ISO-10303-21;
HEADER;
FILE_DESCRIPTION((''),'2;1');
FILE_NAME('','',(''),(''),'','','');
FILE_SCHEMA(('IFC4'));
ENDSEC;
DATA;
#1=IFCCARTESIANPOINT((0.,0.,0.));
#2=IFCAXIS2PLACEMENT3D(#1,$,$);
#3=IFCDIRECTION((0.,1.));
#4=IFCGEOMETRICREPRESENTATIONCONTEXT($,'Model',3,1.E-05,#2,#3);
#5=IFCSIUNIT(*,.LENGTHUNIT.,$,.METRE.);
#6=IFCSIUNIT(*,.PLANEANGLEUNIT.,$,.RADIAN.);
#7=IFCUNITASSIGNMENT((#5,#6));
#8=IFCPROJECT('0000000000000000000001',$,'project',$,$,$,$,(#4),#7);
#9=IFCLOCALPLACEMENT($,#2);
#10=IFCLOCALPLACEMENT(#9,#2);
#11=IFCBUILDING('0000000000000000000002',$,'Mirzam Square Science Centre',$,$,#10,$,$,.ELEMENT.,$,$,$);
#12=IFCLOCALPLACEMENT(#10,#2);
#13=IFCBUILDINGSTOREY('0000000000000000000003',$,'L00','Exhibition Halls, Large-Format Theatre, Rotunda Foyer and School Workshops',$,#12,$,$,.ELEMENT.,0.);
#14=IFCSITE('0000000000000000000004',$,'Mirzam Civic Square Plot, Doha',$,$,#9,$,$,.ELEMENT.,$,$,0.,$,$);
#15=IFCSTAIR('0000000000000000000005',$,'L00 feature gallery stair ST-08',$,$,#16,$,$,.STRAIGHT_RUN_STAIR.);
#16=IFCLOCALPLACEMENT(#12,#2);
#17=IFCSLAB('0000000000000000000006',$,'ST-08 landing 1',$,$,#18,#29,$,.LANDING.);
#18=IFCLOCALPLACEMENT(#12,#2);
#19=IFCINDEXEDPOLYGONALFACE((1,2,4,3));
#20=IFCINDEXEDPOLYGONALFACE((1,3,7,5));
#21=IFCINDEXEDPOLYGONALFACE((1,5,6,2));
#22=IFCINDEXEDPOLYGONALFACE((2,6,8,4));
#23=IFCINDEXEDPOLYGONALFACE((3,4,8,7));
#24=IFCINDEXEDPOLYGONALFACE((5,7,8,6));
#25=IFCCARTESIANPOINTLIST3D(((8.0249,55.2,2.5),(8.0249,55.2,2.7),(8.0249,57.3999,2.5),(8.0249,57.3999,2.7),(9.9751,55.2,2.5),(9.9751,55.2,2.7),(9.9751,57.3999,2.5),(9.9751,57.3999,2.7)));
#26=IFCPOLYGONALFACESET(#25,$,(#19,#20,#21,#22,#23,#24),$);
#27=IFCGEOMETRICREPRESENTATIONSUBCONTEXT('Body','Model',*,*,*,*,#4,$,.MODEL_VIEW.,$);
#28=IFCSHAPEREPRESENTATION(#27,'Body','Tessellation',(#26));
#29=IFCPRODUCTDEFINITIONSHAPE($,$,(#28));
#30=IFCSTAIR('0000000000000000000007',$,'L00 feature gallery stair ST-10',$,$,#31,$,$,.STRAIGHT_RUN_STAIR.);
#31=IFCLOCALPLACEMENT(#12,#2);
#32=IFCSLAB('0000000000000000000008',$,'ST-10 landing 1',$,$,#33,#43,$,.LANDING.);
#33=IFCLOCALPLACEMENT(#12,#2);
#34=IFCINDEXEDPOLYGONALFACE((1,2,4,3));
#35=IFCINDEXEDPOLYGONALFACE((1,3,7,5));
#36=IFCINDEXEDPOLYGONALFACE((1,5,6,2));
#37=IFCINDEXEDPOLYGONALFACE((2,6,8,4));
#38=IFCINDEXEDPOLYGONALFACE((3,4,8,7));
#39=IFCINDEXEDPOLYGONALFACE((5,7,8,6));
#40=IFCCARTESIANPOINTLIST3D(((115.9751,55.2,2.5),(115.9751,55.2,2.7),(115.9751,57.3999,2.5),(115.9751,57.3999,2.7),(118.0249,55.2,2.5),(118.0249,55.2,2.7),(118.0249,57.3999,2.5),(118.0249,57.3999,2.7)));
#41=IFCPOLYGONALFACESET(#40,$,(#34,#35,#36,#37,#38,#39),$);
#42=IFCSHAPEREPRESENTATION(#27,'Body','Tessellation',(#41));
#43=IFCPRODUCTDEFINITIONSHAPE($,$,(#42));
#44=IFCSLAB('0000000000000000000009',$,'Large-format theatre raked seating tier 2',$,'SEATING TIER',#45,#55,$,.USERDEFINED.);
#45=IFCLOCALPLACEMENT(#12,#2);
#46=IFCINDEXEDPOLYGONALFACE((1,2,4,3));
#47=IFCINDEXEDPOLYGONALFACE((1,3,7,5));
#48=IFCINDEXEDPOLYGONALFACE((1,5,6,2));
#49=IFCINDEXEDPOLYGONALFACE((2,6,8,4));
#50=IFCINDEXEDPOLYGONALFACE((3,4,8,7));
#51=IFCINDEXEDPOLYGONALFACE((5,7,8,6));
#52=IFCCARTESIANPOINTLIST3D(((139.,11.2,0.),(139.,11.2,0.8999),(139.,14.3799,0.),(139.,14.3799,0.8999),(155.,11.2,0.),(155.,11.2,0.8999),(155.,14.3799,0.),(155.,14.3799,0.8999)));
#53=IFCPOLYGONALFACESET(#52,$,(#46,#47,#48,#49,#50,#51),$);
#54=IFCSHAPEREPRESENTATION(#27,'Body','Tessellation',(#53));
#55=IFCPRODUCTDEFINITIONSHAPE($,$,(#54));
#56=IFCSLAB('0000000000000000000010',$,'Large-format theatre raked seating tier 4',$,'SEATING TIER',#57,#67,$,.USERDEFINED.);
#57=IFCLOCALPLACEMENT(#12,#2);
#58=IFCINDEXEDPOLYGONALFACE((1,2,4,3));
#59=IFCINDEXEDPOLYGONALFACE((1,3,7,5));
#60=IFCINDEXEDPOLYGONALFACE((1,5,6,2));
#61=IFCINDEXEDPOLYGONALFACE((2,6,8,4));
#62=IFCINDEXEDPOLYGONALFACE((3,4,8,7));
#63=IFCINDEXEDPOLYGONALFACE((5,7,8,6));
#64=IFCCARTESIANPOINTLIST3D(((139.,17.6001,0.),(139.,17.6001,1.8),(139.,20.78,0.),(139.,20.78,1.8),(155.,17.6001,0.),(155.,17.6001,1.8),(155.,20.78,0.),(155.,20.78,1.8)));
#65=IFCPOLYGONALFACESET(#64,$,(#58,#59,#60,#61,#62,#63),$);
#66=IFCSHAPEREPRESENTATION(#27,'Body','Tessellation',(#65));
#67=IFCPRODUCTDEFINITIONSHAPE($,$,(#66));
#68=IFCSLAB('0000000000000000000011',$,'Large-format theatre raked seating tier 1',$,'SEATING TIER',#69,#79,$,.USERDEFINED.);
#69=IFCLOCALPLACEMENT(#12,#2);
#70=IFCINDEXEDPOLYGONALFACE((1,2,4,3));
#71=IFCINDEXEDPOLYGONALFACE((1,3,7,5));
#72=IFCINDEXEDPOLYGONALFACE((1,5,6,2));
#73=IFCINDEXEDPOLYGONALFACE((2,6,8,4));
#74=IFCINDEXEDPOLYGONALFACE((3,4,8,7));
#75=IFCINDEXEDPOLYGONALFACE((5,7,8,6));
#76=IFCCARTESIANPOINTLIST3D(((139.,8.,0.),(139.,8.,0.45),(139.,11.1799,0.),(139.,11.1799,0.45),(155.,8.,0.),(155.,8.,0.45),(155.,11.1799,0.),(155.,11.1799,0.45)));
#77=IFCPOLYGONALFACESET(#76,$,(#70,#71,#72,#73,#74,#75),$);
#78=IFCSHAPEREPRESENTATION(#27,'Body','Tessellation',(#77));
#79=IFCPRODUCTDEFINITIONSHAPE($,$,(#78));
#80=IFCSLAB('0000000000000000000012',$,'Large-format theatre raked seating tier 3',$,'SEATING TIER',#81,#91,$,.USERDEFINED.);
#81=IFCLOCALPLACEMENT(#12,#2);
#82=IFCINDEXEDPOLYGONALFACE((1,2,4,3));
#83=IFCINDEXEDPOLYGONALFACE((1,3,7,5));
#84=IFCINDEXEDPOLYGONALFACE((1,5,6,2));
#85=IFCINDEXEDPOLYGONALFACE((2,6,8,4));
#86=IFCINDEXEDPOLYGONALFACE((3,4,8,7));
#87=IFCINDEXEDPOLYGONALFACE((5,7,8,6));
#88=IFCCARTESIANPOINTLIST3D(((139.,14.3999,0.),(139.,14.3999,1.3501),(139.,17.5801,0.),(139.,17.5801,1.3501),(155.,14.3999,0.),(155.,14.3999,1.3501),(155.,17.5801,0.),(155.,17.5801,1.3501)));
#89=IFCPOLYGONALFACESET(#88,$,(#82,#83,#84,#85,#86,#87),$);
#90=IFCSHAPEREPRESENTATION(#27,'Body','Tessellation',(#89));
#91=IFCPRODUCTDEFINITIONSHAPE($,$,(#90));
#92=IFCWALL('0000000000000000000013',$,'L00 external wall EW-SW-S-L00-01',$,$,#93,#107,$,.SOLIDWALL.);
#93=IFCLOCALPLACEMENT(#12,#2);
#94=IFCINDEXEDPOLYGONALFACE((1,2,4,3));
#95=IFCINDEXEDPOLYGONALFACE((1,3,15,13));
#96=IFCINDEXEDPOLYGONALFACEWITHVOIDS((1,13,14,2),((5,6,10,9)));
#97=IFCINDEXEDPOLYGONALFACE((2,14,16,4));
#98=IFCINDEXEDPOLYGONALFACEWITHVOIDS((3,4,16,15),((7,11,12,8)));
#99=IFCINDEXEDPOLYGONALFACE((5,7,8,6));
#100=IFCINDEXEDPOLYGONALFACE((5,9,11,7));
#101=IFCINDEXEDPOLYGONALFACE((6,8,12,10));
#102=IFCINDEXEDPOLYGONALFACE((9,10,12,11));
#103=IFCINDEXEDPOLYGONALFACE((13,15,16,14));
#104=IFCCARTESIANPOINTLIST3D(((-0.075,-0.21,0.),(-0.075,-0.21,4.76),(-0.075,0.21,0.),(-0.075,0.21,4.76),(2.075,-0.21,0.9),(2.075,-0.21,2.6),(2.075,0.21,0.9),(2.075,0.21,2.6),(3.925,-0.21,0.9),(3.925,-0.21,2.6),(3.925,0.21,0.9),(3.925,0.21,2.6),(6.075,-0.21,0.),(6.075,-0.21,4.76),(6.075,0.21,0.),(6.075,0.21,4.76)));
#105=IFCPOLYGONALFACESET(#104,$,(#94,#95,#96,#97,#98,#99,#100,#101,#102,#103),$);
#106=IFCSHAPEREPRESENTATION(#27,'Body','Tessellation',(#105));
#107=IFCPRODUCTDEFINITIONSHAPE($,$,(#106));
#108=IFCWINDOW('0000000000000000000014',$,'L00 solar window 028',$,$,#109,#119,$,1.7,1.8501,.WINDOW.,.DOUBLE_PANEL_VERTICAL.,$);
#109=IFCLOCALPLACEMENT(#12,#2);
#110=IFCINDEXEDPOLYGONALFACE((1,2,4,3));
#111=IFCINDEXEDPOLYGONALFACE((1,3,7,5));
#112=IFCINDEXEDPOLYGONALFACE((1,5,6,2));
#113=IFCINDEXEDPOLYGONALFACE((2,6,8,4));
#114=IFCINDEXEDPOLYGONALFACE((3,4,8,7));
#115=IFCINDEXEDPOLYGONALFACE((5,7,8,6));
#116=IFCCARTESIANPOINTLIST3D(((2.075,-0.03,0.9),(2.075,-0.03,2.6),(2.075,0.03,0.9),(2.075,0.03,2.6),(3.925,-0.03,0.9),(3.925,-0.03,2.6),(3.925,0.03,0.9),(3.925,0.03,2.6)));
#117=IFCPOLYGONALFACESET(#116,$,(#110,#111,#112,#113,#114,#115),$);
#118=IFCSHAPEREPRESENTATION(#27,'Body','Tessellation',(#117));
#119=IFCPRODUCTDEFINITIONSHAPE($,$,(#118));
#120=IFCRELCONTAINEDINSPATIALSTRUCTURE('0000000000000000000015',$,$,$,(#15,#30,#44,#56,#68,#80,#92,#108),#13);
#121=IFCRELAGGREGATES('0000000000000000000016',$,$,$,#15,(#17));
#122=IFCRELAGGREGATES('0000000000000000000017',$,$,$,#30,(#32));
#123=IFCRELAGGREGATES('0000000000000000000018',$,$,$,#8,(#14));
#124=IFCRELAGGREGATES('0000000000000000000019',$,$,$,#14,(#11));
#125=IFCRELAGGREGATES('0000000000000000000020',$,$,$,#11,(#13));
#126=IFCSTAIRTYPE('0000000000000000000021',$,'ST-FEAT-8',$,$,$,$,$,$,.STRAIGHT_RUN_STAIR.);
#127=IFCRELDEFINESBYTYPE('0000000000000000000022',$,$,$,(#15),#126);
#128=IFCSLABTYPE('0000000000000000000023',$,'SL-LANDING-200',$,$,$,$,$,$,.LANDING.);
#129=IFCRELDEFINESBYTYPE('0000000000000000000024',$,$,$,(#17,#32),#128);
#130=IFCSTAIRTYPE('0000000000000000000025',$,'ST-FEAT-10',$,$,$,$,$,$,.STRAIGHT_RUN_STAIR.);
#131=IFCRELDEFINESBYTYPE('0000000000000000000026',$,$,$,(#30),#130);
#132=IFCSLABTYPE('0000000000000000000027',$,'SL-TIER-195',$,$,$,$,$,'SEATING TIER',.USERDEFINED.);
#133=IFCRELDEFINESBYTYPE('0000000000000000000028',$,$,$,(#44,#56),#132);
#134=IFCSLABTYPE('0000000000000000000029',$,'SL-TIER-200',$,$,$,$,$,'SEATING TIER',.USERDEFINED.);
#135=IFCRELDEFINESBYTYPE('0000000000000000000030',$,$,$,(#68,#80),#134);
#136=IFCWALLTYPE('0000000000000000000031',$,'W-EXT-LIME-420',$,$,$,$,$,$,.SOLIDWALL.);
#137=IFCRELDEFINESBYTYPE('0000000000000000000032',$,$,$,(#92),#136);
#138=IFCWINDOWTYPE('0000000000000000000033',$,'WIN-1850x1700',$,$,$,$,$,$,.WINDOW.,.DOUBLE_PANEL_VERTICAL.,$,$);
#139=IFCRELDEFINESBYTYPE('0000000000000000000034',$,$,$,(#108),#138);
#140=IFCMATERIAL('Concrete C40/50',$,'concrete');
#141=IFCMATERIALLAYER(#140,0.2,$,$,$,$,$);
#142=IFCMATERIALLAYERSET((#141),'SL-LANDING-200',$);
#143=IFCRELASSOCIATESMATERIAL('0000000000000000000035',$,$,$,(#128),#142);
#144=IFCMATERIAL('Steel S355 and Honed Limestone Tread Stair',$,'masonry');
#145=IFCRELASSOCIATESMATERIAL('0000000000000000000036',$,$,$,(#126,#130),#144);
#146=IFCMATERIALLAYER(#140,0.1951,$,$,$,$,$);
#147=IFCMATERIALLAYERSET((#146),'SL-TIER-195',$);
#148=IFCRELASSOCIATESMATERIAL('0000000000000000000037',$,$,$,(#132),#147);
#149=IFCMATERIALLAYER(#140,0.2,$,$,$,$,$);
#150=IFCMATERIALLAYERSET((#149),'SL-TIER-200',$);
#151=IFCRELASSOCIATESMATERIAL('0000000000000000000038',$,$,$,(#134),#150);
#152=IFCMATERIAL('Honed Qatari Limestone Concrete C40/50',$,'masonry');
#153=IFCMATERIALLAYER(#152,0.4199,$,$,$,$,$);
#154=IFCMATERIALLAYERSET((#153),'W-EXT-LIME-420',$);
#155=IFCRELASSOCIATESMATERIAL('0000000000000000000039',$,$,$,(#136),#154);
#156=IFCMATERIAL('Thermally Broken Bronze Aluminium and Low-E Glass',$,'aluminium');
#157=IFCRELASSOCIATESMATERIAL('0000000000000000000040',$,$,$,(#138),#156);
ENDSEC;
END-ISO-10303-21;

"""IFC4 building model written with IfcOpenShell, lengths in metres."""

from ifc_helpers import new_model, si_unit, direction, frame, frame_2d, origin, place, context, subcontext, project, spatial, polyline, rectangle, outline, extrude, material, layer, layer_set, type_object, element, fill, aggregate, save


model = new_model("IFC4")

# Units and contexts
model_context = context("Model", 3, precision=1e-05, world=origin(), true_north=direction((0.0, 1.0)))
body_context = subcontext(model_context, "Body", "Model", "MODEL_VIEW")
ifc_project = project(units=[si_unit("LENGTHUNIT", "METRE"), si_unit("PLANEANGLEUNIT", "RADIAN")], contexts=[model_context])

# Site, building, storey
site_placement = place(None, origin())
site = spatial("IfcSite", under=ifc_project, at=site_placement, Name="Mirzam Civic Square Plot, Doha", CompositionType="ELEMENT", RefElevation=0.0)
building_placement = place(site_placement, origin())
building = spatial("IfcBuilding", under=site, at=building_placement, Name="Mirzam Square Science Centre", CompositionType="ELEMENT")
storey_placement = place(building_placement, origin())
storey = spatial("IfcBuildingStorey", under=building, at=storey_placement, Name="L00", Description="Exhibition Halls, Large-Format Theatre, Rotunda Foyer and School Workshops", CompositionType="ELEMENT", Elevation=0.0)

# Shared definitions
ifc_material_1 = material(Name="Concrete C40/50", Category="concrete")
ifc_layer_1 = layer(ifc_material_1, 0.2)
ifc_layer_set_1 = layer_set([ifc_layer_1], Name="SL-LANDING-200")
slab_type_1 = type_object("IfcSlabType", Name="SL-LANDING-200", PredefinedType="LANDING", material=ifc_layer_set_1)

# Stairs, slabs
ifc_material_2 = material(Name="Steel S355 and Honed Limestone Tread Stair", Category="masonry")
stair_type_1 = type_object("IfcStairType", Name="ST-FEAT-8", PredefinedType="STRAIGHT_RUN_STAIR", material=ifc_material_2)
stair_1_placement = place(storey_placement, origin())
stair_1 = element("IfcStair", 1, at=stair_1_placement, inside=storey, type_object=stair_type_1, Name="L00 feature gallery stair ST-08", PredefinedType="STRAIGHT_RUN_STAIR")
slab_1_placement = place(storey_placement, frame((0.0, 0.0, 2.5)))
slab_1 = element("IfcSlab", 2, at=slab_1_placement, type_object=slab_type_1, Name="ST-08 landing 1", PredefinedType="LANDING", context=body_context, shape_type="SweptSolid", body=[
    extrude(outline(polyline([(8.0249, 55.2), (9.9751, 55.2), (9.9751, 57.3999), (8.0249, 57.3999), (8.0249, 55.2)])), origin(), (0.0, 0.0, 1.0), 0.2),
])
aggregate(stair_1, [slab_1])
stair_type_2 = type_object("IfcStairType", Name="ST-FEAT-10", PredefinedType="STRAIGHT_RUN_STAIR", material=ifc_material_2)
stair_2_placement = place(storey_placement, origin())
stair_2 = element("IfcStair", 3, at=stair_2_placement, inside=storey, type_object=stair_type_2, Name="L00 feature gallery stair ST-10", PredefinedType="STRAIGHT_RUN_STAIR")
slab_2_placement = place(storey_placement, frame((0.0, 0.0, 2.5)))
slab_2 = element("IfcSlab", 4, at=slab_2_placement, type_object=slab_type_1, Name="ST-10 landing 1", PredefinedType="LANDING", context=body_context, shape_type="SweptSolid", body=[
    extrude(outline(polyline([(115.9751, 55.2), (118.0249, 55.2), (118.0249, 57.3999), (115.9751, 57.3999), (115.9751, 55.2)])), origin(), (0.0, 0.0, 1.0), 0.2),
])
aggregate(stair_2, [slab_2])

# Slabs
ifc_layer_2 = layer(ifc_material_1, 0.1951)
ifc_layer_set_2 = layer_set([ifc_layer_2], Name="SL-TIER-195")
slab_type_2 = type_object("IfcSlabType", Name="SL-TIER-195", ElementType="SEATING TIER", PredefinedType="USERDEFINED", material=ifc_layer_set_2)
slab_3_placement = place(storey_placement, origin())
element("IfcSlab", 5, at=slab_3_placement, inside=storey, type_object=slab_type_2, Name="Large-format theatre raked seating tier 2", ObjectType="SEATING TIER", PredefinedType="USERDEFINED", context=body_context, shape_type="SweptSolid", body=[
    extrude(outline(polyline([(139.0, 11.2), (155.0, 11.2), (155.0, 14.3799), (139.0, 14.3799), (139.0, 11.2)])), origin(), (0.0, 0.0, 1.0), 0.8999),
])
slab_4_placement = place(storey_placement, origin())
element("IfcSlab", 6, at=slab_4_placement, inside=storey, type_object=slab_type_2, Name="Large-format theatre raked seating tier 4", ObjectType="SEATING TIER", PredefinedType="USERDEFINED", context=body_context, shape_type="SweptSolid", body=[
    extrude(outline(polyline([(139.0, 17.6001), (155.0, 17.6001), (155.0, 20.78), (139.0, 20.78), (139.0, 17.6001)])), origin(), (0.0, 0.0, 1.0), 1.8),
])
ifc_layer_3 = layer(ifc_material_1, 0.2)
ifc_layer_set_3 = layer_set([ifc_layer_3], Name="SL-TIER-200")
slab_type_3 = type_object("IfcSlabType", Name="SL-TIER-200", ElementType="SEATING TIER", PredefinedType="USERDEFINED", material=ifc_layer_set_3)
slab_5_placement = place(storey_placement, origin())
element("IfcSlab", 7, at=slab_5_placement, inside=storey, type_object=slab_type_3, Name="Large-format theatre raked seating tier 1", ObjectType="SEATING TIER", PredefinedType="USERDEFINED", context=body_context, shape_type="SweptSolid", body=[
    extrude(outline(polyline([(139.0, 8.0), (155.0, 8.0), (155.0, 11.1799), (139.0, 11.1799), (139.0, 8.0)])), origin(), (0.0, 0.0, 1.0), 0.45),
])
slab_6_placement = place(storey_placement, origin())
element("IfcSlab", 8, at=slab_6_placement, inside=storey, type_object=slab_type_3, Name="Large-format theatre raked seating tier 3", ObjectType="SEATING TIER", PredefinedType="USERDEFINED", context=body_context, shape_type="SweptSolid", body=[
    extrude(outline(polyline([(139.0, 14.3999), (155.0, 14.3999), (155.0, 17.5801), (139.0, 17.5801), (139.0, 14.3999)])), origin(), (0.0, 0.0, 1.0), 1.3501),
])

# Wall, opening, window
ifc_material_3 = material(Name="Honed Qatari Limestone Concrete C40/50", Category="masonry")
ifc_layer_4 = layer(ifc_material_3, 0.4199)
ifc_layer_set_4 = layer_set([ifc_layer_4], Name="W-EXT-LIME-420")
wall_type = type_object("IfcWallType", Name="W-EXT-LIME-420", PredefinedType="SOLIDWALL", material=ifc_layer_set_4)
wall_placement = place(storey_placement, frame((-0.075, 0.0, 0.0), z_axis=(0.0, 0.0, 1.0), x_axis=(1.0, 0.0, 0.0)))
wall = element("IfcWall", 9, at=wall_placement, inside=storey, type_object=wall_type, Name="L00 external wall EW-SW-S-L00-01", PredefinedType="SOLIDWALL", context=body_context, shape_type="SweptSolid", body=[
    extrude(rectangle(XDim=6.1499, YDim=0.4199, at=frame_2d((3.075, 0.0))), origin(), (0.0, 0.0, 1.0), 4.76),
])
opening_placement = place(wall_placement, frame((2.1499, 0.0, 0.8999)))
opening = element("IfcOpeningElement", 10, at=opening_placement, cuts=wall, PredefinedType="OPENING", context=body_context, shape_type="SweptSolid", body=[
    extrude(rectangle(XDim=1.8501, YDim=1.7, at=frame_2d((0.925, 0.8501))), frame((0.0, 0.22, 0.0), z_axis=(0.0, -1.0, 0.0), x_axis=(1.0, 0.0, 0.0)), (0.0, 0.0, 1.0), 0.4399),
])
ifc_material_4 = material(Name="Thermally Broken Bronze Aluminium and Low-E Glass", Category="aluminium")
window_type = type_object("IfcWindowType", Name="WIN-1850x1700", PartitioningType="DOUBLE_PANEL_VERTICAL", PredefinedType="WINDOW", material=ifc_material_4)
window_placement = place(opening_placement, origin())
window = element("IfcWindow", 11, at=window_placement, inside=storey, type_object=window_type, Name="L00 solar window 028", OverallHeight=1.7, OverallWidth=1.8501, PartitioningType="DOUBLE_PANEL_VERTICAL", PredefinedType="WINDOW", context=body_context, shape_type="SweptSolid", body=[
    extrude(rectangle(XDim=1.8501, YDim=1.7, at=frame_2d((0.925, 0.8501))), frame((0.0, 0.03, 0.0), z_axis=(0.0, -1.0, 0.0), x_axis=(1.0, 0.0, 0.0)), (0.0, 0.0, 1.0), 0.0601),
])
fill(opening, window)

save(model, "model.ifc")
